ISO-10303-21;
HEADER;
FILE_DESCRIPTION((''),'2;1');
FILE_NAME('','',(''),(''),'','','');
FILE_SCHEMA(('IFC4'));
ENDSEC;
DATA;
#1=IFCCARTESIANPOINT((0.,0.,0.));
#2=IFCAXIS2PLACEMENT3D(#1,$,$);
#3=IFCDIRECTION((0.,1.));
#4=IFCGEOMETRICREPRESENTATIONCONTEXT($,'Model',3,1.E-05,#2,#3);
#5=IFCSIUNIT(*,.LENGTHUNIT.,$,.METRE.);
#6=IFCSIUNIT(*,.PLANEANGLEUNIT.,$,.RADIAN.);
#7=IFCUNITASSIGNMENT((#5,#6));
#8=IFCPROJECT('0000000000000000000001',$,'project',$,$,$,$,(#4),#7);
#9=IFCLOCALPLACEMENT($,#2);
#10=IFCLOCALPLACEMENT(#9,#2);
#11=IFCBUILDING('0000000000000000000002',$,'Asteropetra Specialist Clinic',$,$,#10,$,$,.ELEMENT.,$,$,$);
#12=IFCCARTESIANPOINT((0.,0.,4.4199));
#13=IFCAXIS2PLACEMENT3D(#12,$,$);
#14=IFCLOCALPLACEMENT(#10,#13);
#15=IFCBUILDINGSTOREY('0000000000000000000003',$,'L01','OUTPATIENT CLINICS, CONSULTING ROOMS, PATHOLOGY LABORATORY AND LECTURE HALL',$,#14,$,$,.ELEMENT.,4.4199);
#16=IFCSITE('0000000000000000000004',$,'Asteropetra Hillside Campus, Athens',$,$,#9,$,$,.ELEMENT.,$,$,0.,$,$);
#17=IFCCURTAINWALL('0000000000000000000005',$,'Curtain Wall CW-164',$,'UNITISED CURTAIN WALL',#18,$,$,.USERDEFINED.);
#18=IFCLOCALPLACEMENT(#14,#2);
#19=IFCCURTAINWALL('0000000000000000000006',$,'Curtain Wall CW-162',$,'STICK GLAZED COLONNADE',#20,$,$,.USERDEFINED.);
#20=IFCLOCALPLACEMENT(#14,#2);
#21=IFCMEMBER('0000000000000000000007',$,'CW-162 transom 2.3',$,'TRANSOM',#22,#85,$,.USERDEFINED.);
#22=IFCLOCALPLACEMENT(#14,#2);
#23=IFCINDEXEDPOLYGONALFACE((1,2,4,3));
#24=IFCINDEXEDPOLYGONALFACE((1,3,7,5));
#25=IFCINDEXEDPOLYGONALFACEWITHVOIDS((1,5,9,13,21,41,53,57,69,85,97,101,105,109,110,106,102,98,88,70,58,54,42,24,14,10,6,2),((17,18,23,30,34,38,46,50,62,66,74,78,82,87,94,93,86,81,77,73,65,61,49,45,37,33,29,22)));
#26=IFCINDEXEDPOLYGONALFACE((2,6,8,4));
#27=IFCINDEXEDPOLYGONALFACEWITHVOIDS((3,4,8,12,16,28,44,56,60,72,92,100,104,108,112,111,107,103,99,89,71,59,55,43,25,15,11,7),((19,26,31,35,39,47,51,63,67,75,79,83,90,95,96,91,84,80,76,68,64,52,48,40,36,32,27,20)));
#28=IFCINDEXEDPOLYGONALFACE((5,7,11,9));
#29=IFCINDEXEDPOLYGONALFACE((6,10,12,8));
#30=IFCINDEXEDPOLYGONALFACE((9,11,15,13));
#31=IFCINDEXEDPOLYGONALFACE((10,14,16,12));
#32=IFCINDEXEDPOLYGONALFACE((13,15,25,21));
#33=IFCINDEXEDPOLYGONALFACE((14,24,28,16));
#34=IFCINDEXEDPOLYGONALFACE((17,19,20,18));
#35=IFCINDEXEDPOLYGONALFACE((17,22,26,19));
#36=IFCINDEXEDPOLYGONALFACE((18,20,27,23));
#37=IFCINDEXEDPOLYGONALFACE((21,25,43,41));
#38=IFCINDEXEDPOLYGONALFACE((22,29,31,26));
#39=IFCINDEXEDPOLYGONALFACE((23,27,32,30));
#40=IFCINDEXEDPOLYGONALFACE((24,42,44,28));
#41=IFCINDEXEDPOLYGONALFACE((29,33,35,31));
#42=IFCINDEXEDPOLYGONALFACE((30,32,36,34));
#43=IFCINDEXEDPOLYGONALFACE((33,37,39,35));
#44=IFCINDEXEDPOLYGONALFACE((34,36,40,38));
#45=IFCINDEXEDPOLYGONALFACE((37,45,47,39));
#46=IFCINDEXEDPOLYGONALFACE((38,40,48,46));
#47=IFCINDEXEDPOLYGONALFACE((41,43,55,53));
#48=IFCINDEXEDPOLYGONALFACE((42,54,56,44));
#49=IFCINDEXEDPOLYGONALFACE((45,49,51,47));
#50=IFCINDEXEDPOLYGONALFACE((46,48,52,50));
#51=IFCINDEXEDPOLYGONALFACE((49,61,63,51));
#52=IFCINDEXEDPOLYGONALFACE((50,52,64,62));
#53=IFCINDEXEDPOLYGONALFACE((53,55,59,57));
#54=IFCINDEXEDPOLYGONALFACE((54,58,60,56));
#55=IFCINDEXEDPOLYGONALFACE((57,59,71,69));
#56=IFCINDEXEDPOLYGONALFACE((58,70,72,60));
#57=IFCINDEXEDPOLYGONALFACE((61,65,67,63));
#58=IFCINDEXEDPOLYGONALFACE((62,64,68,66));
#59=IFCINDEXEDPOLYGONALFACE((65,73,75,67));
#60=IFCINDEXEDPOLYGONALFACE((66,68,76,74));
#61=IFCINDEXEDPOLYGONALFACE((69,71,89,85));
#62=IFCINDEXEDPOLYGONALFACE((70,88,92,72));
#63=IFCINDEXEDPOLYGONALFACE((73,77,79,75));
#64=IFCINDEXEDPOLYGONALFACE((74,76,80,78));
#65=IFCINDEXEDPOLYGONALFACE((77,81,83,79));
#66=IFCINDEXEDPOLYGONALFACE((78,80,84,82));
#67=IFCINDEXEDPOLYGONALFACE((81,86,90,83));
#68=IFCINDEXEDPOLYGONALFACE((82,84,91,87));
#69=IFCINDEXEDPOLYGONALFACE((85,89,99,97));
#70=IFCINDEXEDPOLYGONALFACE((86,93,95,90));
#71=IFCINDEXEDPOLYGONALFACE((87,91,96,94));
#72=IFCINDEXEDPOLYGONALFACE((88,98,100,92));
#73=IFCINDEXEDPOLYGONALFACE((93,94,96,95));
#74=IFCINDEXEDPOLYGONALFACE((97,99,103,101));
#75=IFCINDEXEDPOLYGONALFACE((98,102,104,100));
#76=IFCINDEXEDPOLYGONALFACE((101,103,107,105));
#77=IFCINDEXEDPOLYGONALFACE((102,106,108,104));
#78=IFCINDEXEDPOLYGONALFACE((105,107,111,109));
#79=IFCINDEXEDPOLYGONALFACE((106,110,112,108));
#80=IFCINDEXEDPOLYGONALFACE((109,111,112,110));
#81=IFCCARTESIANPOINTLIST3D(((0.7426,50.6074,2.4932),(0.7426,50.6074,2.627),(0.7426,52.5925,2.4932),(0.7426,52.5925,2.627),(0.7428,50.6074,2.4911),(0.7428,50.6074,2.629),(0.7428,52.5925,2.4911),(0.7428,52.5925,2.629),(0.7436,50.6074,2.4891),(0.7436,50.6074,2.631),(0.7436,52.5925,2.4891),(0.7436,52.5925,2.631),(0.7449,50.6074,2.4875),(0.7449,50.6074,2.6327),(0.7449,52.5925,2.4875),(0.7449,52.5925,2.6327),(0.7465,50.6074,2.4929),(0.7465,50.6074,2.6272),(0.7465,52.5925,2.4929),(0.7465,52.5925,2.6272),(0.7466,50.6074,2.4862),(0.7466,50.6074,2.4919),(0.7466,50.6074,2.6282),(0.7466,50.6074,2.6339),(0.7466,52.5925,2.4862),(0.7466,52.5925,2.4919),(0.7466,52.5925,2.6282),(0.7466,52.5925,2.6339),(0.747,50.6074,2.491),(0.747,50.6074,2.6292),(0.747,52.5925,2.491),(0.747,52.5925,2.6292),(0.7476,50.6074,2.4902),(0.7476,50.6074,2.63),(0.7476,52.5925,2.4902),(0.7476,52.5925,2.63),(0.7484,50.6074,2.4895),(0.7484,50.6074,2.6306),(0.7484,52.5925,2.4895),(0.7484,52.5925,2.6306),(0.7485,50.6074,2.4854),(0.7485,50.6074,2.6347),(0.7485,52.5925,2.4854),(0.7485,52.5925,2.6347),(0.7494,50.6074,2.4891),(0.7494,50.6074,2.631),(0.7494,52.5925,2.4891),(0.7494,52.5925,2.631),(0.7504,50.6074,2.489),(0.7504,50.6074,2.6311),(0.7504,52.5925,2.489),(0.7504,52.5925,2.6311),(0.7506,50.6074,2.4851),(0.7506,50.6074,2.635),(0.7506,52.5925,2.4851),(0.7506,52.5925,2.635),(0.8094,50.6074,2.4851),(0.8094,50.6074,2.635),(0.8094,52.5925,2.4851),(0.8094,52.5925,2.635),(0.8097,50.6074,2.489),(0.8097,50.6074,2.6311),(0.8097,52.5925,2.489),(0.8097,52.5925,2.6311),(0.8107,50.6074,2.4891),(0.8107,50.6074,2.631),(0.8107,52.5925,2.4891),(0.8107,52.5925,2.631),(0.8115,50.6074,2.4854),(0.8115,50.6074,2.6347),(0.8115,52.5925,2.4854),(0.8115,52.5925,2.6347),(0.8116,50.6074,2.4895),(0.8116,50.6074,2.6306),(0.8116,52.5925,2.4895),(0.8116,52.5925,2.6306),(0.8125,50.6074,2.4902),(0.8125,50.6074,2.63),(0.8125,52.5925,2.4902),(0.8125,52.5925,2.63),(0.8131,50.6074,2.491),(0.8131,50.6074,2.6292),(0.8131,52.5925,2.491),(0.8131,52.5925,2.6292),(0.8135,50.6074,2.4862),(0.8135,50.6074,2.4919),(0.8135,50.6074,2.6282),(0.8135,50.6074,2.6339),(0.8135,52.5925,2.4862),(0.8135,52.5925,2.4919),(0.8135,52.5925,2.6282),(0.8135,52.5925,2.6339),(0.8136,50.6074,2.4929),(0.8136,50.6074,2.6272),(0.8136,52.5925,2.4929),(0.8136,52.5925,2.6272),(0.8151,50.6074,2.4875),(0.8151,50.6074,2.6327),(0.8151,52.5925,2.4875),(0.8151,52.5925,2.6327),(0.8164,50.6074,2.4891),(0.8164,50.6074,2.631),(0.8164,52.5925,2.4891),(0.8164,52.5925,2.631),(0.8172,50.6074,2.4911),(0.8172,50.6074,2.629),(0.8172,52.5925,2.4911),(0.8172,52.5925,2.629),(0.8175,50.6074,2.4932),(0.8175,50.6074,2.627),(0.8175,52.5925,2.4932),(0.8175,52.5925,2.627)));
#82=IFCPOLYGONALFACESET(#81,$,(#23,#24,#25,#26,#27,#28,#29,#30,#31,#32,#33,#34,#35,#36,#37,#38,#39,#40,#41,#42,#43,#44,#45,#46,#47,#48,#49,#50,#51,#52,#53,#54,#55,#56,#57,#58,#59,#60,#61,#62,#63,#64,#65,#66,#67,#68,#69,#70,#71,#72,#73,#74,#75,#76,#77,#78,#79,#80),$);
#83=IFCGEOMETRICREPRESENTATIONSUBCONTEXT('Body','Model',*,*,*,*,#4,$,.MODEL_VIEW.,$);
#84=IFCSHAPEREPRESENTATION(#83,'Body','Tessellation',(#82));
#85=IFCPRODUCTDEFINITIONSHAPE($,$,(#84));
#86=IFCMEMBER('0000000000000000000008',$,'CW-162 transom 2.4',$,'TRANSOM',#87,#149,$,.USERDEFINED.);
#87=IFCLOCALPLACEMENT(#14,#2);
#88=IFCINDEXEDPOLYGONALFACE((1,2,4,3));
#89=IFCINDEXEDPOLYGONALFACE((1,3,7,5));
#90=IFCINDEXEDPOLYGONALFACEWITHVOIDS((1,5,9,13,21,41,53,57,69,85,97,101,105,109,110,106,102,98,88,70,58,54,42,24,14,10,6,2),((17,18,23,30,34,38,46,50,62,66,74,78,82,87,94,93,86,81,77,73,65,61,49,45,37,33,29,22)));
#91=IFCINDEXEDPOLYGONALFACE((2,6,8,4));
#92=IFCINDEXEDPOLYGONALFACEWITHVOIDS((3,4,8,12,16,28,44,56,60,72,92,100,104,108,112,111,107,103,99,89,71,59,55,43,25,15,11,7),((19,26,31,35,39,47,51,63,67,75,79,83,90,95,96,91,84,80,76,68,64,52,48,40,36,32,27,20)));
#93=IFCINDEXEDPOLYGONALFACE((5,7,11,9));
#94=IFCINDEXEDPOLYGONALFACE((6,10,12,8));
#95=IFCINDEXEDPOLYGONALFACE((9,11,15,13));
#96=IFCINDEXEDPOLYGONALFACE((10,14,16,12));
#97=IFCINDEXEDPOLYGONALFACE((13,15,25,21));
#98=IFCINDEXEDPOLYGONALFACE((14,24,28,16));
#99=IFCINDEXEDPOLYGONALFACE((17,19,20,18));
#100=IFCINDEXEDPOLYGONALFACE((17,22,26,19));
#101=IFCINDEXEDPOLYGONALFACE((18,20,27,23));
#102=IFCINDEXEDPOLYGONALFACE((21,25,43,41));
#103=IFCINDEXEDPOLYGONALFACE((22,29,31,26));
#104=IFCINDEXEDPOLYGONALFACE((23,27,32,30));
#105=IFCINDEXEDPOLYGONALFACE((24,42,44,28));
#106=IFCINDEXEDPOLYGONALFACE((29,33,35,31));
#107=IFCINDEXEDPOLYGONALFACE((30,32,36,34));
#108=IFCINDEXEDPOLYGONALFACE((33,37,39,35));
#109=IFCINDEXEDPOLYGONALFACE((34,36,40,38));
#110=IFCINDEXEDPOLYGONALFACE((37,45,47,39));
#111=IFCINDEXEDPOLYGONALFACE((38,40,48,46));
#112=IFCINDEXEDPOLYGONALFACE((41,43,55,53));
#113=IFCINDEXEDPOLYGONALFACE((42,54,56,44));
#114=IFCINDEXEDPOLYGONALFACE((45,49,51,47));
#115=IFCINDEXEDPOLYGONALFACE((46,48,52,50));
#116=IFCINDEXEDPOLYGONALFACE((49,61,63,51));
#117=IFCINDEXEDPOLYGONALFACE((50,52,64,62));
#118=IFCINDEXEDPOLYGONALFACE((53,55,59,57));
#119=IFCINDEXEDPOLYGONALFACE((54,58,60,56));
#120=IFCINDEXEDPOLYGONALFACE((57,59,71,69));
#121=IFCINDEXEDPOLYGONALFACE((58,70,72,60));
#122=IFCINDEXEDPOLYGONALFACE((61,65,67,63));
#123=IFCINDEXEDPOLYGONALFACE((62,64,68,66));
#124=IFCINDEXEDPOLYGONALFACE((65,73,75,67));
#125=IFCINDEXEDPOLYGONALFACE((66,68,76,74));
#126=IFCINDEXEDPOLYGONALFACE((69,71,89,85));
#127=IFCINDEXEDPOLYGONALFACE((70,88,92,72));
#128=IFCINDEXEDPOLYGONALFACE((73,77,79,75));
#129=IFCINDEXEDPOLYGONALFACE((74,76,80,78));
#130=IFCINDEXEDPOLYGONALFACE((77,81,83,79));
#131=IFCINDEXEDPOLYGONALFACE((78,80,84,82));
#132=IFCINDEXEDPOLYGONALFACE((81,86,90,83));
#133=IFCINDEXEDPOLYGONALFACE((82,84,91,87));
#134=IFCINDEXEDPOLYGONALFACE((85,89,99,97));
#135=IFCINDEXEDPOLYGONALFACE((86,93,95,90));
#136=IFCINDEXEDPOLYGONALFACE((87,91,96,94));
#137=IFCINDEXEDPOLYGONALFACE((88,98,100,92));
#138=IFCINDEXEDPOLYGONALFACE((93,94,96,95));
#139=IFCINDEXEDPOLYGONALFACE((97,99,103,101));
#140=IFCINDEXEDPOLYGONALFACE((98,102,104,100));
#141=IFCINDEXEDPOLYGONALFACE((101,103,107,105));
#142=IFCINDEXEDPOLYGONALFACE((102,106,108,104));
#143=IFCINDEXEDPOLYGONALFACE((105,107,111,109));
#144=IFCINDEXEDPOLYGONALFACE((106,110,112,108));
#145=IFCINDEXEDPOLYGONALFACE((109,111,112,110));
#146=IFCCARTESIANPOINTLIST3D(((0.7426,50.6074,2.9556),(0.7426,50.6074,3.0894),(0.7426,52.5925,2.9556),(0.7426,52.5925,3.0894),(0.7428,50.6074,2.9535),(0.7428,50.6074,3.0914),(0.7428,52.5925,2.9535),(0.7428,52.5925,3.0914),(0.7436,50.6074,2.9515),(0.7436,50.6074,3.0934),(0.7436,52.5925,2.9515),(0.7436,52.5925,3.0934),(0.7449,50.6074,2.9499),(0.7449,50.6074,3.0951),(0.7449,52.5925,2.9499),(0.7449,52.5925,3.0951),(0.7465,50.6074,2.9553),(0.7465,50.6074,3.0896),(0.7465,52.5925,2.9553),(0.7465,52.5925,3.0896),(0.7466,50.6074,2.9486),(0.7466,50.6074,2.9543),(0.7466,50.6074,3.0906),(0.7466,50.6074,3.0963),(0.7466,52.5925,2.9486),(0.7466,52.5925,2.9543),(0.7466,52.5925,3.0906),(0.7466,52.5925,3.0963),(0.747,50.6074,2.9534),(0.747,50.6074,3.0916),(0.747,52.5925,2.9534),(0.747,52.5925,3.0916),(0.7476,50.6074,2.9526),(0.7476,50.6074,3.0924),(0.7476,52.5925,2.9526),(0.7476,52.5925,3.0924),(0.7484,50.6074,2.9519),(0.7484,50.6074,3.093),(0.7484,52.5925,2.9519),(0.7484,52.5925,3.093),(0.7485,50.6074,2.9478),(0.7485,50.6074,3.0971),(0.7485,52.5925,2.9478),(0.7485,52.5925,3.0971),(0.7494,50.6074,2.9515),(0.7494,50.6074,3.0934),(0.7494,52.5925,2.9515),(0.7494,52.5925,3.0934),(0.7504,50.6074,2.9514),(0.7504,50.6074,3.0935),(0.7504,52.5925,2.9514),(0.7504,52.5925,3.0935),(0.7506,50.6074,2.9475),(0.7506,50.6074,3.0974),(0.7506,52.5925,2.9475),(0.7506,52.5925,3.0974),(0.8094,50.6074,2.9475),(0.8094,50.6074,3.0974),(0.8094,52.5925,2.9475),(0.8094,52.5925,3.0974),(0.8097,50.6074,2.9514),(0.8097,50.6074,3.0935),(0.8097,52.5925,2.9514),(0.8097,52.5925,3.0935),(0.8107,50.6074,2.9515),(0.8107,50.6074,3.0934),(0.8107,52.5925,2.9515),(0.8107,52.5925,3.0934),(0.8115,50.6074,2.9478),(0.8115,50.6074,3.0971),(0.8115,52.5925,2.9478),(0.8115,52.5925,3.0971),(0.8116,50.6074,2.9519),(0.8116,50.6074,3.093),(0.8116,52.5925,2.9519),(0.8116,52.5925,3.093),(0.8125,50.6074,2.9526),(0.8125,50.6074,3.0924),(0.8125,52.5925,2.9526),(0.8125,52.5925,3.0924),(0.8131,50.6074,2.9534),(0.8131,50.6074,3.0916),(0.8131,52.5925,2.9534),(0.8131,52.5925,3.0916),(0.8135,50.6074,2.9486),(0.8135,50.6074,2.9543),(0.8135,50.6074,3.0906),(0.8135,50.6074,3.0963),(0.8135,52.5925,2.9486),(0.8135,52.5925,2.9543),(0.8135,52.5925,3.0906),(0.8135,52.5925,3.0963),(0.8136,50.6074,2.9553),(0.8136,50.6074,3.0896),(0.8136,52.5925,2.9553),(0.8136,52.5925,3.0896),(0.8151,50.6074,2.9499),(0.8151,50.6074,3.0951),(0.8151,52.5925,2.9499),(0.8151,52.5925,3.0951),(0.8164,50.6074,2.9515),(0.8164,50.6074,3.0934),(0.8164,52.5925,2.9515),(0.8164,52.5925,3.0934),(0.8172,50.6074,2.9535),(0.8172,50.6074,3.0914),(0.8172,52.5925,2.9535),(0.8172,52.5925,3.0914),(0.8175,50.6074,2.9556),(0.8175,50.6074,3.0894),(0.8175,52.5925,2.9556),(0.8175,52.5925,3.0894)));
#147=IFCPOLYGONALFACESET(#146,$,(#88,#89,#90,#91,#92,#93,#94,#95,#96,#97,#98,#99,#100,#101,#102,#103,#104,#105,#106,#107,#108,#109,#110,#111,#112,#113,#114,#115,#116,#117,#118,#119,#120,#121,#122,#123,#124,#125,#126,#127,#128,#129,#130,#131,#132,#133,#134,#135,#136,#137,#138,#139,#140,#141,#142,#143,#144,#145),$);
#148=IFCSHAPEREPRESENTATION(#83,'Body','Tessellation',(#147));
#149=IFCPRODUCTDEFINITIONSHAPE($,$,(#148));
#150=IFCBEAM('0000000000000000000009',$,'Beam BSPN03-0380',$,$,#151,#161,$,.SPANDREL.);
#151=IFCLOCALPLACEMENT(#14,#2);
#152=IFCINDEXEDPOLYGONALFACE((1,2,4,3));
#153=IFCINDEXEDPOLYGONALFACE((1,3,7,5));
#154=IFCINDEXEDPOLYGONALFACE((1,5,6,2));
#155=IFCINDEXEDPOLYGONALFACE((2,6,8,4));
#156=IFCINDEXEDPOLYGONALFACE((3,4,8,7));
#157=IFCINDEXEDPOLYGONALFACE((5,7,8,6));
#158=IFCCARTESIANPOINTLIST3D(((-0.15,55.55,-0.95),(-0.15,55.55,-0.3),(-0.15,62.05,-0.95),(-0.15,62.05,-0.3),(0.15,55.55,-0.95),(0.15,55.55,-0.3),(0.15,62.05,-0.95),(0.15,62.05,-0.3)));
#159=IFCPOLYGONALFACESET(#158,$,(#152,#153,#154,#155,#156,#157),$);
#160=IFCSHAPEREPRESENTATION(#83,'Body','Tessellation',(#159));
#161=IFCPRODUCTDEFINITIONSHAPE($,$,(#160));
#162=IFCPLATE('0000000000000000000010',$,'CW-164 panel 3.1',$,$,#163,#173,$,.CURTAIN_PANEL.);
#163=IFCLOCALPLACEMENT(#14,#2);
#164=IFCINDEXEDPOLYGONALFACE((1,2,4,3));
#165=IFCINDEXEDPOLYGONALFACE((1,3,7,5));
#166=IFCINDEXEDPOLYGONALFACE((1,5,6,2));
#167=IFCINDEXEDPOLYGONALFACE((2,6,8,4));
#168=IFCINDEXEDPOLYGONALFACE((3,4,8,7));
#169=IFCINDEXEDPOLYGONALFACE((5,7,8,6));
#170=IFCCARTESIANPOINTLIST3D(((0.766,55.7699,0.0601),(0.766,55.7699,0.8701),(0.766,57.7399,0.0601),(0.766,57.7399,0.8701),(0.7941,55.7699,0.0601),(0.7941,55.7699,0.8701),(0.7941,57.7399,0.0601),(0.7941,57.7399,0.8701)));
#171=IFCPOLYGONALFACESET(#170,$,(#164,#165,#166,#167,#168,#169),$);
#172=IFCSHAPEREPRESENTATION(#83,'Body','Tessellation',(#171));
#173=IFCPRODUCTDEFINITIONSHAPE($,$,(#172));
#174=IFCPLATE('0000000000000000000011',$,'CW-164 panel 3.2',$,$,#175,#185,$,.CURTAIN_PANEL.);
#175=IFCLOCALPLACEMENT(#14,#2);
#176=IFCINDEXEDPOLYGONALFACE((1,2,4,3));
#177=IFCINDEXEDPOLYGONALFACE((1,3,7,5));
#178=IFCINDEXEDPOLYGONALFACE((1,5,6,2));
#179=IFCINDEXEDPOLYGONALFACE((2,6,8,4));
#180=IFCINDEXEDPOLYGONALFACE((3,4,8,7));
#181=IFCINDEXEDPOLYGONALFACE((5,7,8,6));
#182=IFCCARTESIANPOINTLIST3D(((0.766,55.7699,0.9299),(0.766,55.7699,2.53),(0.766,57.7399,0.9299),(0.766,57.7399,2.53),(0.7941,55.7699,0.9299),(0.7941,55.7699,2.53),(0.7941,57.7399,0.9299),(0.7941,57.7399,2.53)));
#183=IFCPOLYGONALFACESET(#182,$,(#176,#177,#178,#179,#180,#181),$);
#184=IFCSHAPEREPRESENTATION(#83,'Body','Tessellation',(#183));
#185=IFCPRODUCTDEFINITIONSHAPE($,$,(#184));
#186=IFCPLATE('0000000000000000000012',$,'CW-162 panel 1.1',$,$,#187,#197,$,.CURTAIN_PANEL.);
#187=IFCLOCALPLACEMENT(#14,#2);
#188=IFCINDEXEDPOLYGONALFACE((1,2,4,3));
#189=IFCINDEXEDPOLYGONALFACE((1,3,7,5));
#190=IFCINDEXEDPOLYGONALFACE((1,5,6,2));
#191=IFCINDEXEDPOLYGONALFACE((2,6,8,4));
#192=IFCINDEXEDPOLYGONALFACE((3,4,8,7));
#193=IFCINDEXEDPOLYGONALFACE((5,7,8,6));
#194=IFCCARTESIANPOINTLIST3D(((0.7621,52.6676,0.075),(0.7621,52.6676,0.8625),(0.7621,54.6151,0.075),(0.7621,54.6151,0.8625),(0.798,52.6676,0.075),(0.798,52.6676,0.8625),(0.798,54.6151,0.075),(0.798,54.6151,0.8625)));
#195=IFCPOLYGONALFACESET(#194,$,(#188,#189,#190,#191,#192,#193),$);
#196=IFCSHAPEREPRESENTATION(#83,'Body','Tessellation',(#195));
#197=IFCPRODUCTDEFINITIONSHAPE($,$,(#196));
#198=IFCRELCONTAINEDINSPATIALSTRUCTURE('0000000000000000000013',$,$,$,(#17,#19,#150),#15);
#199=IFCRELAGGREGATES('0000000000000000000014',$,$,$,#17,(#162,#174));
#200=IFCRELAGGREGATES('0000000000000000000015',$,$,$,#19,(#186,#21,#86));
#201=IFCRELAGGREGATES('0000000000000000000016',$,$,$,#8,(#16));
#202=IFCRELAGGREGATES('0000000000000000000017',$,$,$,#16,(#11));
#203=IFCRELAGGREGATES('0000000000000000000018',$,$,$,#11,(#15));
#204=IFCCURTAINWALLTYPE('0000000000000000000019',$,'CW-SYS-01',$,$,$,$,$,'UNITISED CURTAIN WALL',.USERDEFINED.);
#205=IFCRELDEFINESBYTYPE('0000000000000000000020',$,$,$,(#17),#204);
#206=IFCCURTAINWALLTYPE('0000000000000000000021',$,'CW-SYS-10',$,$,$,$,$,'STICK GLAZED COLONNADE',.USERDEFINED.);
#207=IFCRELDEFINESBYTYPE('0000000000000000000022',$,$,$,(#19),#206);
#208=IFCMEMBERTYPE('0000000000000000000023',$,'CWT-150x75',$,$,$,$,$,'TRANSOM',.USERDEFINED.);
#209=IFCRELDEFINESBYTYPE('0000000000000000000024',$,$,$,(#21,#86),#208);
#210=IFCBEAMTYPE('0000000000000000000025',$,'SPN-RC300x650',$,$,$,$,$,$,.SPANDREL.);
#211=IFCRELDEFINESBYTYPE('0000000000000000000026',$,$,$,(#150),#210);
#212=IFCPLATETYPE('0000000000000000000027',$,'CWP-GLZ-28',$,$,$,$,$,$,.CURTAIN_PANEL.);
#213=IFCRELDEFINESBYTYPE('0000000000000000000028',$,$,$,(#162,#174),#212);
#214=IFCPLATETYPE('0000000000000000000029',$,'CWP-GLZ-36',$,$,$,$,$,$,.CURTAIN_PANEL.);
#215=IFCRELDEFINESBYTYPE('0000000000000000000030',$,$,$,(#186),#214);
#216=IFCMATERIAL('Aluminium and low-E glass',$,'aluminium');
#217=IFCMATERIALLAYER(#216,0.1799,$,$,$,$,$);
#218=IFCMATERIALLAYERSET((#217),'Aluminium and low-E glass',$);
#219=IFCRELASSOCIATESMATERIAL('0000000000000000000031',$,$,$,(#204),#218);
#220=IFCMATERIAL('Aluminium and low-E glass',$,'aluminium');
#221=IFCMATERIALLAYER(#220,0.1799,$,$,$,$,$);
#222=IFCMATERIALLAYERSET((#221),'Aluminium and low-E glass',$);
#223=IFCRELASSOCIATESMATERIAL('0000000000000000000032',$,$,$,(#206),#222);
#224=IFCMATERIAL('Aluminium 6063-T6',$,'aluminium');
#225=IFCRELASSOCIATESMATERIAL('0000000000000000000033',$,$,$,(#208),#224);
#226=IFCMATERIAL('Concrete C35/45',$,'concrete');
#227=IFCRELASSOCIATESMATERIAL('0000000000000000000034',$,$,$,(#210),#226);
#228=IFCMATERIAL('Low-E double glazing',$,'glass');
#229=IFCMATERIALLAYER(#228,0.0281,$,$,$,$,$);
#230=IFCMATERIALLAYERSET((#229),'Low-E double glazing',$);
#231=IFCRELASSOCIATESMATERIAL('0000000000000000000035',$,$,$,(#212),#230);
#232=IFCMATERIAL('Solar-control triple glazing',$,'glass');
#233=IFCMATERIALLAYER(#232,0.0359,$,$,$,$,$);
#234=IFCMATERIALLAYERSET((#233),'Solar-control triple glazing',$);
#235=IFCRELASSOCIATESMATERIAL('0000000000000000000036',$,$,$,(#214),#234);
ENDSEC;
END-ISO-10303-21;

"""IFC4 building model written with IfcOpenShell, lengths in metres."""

from ifc_helpers import new_model, si_unit, direction, frame, origin, origin_2d, place, context, subcontext, project, spatial, rectangle, hollow_rectangle, extrude, material, layer, layer_set, material_profile, profile_set, type_object, element, aggregate, save


model = new_model("IFC4")

# Units and contexts
model_context = context("Model", 3, precision=1e-05, world=origin(), true_north=direction((0.0, 1.0)))
body_context = subcontext(model_context, "Body", "Model", "MODEL_VIEW")
ifc_project = project(units=[si_unit("LENGTHUNIT", "METRE"), si_unit("PLANEANGLEUNIT", "RADIAN")], contexts=[model_context])

# Site, building, storey
site_placement = place(None, origin())
site = spatial("IfcSite", under=ifc_project, at=site_placement, Name="Asteropetra Hillside Campus, Athens", CompositionType="ELEMENT", RefElevation=0.0)
building_placement = place(site_placement, origin())
building = spatial("IfcBuilding", under=site, at=building_placement, Name="Asteropetra Specialist Clinic", CompositionType="ELEMENT")
storey_placement = place(building_placement, frame((0.0, 0.0, 4.4199)))
storey = spatial("IfcBuildingStorey", under=building, at=storey_placement, Name="L01", Description="OUTPATIENT CLINICS, CONSULTING ROOMS, PATHOLOGY LABORATORY AND LECTURE HALL", CompositionType="ELEMENT", Elevation=4.4199)

# Curtain wall
ifc_material_1 = material(Name="Aluminium and low-E glass", Category="aluminium")
ifc_layer_1 = layer(ifc_material_1, 0.1799)
ifc_layer_set_1 = layer_set([ifc_layer_1], Name="Aluminium and low-E glass")
curtain_wall_type_1 = type_object("IfcCurtainWallType", Name="CW-SYS-01", ElementType="UNITISED CURTAIN WALL", PredefinedType="USERDEFINED", material=ifc_layer_set_1)
curtain_wall_1_placement = place(storey_placement, origin())
curtain_wall_1 = element("IfcCurtainWall", 1, at=curtain_wall_1_placement, inside=storey, type_object=curtain_wall_type_1, Name="Curtain Wall CW-164", ObjectType="UNITISED CURTAIN WALL", PredefinedType="USERDEFINED")

# Curtain wall, members
ifc_material_2 = material(Name="Aluminium and low-E glass", Category="aluminium")
ifc_layer_2 = layer(ifc_material_2, 0.1799)
ifc_layer_set_2 = layer_set([ifc_layer_2], Name="Aluminium and low-E glass")
curtain_wall_type_2 = type_object("IfcCurtainWallType", Name="CW-SYS-10", ElementType="STICK GLAZED COLONNADE", PredefinedType="USERDEFINED", material=ifc_layer_set_2)
curtain_wall_2_placement = place(storey_placement, origin())
curtain_wall_2 = element("IfcCurtainWall", 2, at=curtain_wall_2_placement, inside=storey, type_object=curtain_wall_type_2, Name="Curtain Wall CW-162", ObjectType="STICK GLAZED COLONNADE", PredefinedType="USERDEFINED")
ifc_material_3 = material(Name="Aluminium 6063-T6", Category="aluminium")
ifc_material_profile_1 = material_profile(ifc_material_3, hollow_rectangle(XDim=0.075, YDim=0.1499, WallThickness=0.0039, InnerFilletRadius=0.0039, OuterFilletRadius=0.0081, at=origin_2d()), Name="TRN 150x75x4.0")
ifc_profile_set_1 = profile_set([ifc_material_profile_1], Name="Aluminium 6063-T6")
member_type_1 = type_object("IfcMemberType", Name="CWT-150x75", ElementType="TRANSOM", PredefinedType="USERDEFINED", material=ifc_profile_set_1)
member_1_placement = place(storey_placement, frame((0.78, 52.5925, 2.5601), z_axis=(0.0, -1.0, 0.0), x_axis=(1.0, 0.0, 0.0)))
member_1 = element("IfcMember", 3, at=member_1_placement, type_object=member_type_1, Name="CW-162 transom 2.3", ObjectType="TRANSOM", PredefinedType="USERDEFINED", context=body_context, shape_type="SweptSolid", body=[
    extrude(hollow_rectangle(XDim=0.075, YDim=0.1499, WallThickness=0.0039, InnerFilletRadius=0.0039, OuterFilletRadius=0.0081, at=origin_2d()), origin(), (0.0, 0.0, 1.0), 1.9851),
])
member_2_placement = place(storey_placement, frame((0.78, 52.5925, 3.0225), z_axis=(0.0, -1.0, 0.0), x_axis=(1.0, 0.0, 0.0)))
member_2 = element("IfcMember", 4, at=member_2_placement, type_object=member_type_1, Name="CW-162 transom 2.4", ObjectType="TRANSOM", PredefinedType="USERDEFINED", context=body_context, shape_type="SweptSolid", body=[
    extrude(hollow_rectangle(XDim=0.075, YDim=0.1499, WallThickness=0.0039, InnerFilletRadius=0.0039, OuterFilletRadius=0.0081, at=origin_2d()), origin(), (0.0, 0.0, 1.0), 1.9851),
])

# Beam
ifc_material_4 = material(Name="Concrete C35/45", Category="concrete")
ifc_material_profile_2 = material_profile(ifc_material_4, rectangle(XDim=0.3, YDim=0.6499, at=origin_2d()), Name="RCS 300x650")
ifc_profile_set_2 = profile_set([ifc_material_profile_2], Name="Concrete C35/45")
beam_type_1 = type_object("IfcBeamType", Name="SPN-RC300x650", PredefinedType="SPANDREL", material=ifc_profile_set_2)
beam_1_placement = place(storey_placement, frame((0.0, 55.55, -0.625), z_axis=(0.0, 1.0, 0.0), x_axis=(-1.0, 0.0, 0.0)))
element("IfcBeam", 5, at=beam_1_placement, inside=storey, type_object=beam_type_1, Name="Beam BSPN03-0380", PredefinedType="SPANDREL", context=body_context, shape_type="SweptSolid", body=[
    extrude(rectangle(XDim=0.3, YDim=0.6499, at=origin_2d()), origin(), (0.0, 0.0, 1.0), 6.5),
])

# Plates
ifc_material_5 = material(Name="Low-E double glazing", Category="glass")
ifc_layer_3 = layer(ifc_material_5, 0.0281)
ifc_layer_set_3 = layer_set([ifc_layer_3], Name="Low-E double glazing")
plate_type_1 = type_object("IfcPlateType", Name="CWP-GLZ-28", PredefinedType="CURTAIN_PANEL", material=ifc_layer_set_3)
plate_1_placement = place(storey_placement, frame((0.78, 56.7549, 0.0601), z_axis=(0.0, 0.0, 1.0), x_axis=(0.0, -1.0, 0.0)))
plate_1 = element("IfcPlate", 6, at=plate_1_placement, type_object=plate_type_1, Name="CW-164 panel 3.1", PredefinedType="CURTAIN_PANEL", context=body_context, shape_type="SweptSolid", body=[
    extrude(rectangle(XDim=1.97, YDim=0.0281, at=origin_2d()), origin(), (0.0, 0.0, 1.0), 0.8101),
])
plate_2_placement = place(storey_placement, frame((0.78, 56.7549, 0.9299), z_axis=(0.0, 0.0, 1.0), x_axis=(0.0, -1.0, 0.0)))
plate_2 = element("IfcPlate", 7, at=plate_2_placement, type_object=plate_type_1, Name="CW-164 panel 3.2", PredefinedType="CURTAIN_PANEL", context=body_context, shape_type="SweptSolid", body=[
    extrude(rectangle(XDim=1.97, YDim=0.0281, at=origin_2d()), origin(), (0.0, 0.0, 1.0), 1.6001),
])
aggregate(curtain_wall_1, [plate_1, plate_2])
ifc_material_6 = material(Name="Solar-control triple glazing", Category="glass")
ifc_layer_4 = layer(ifc_material_6, 0.0359)
ifc_layer_set_4 = layer_set([ifc_layer_4], Name="Solar-control triple glazing")
plate_type_2 = type_object("IfcPlateType", Name="CWP-GLZ-36", PredefinedType="CURTAIN_PANEL", material=ifc_layer_set_4)
plate_3_placement = place(storey_placement, frame((0.78, 53.6414, 0.075), z_axis=(0.0, 0.0, 1.0), x_axis=(0.0, -1.0, 0.0)))
plate_3 = element("IfcPlate", 8, at=plate_3_placement, type_object=plate_type_2, Name="CW-162 panel 1.1", PredefinedType="CURTAIN_PANEL", context=body_context, shape_type="SweptSolid", body=[
    extrude(rectangle(XDim=1.9475, YDim=0.0359, at=origin_2d()), origin(), (0.0, 0.0, 1.0), 0.7876),
])
aggregate(curtain_wall_2, [plate_3, member_1, member_2])

save(model, "model.ifc")
